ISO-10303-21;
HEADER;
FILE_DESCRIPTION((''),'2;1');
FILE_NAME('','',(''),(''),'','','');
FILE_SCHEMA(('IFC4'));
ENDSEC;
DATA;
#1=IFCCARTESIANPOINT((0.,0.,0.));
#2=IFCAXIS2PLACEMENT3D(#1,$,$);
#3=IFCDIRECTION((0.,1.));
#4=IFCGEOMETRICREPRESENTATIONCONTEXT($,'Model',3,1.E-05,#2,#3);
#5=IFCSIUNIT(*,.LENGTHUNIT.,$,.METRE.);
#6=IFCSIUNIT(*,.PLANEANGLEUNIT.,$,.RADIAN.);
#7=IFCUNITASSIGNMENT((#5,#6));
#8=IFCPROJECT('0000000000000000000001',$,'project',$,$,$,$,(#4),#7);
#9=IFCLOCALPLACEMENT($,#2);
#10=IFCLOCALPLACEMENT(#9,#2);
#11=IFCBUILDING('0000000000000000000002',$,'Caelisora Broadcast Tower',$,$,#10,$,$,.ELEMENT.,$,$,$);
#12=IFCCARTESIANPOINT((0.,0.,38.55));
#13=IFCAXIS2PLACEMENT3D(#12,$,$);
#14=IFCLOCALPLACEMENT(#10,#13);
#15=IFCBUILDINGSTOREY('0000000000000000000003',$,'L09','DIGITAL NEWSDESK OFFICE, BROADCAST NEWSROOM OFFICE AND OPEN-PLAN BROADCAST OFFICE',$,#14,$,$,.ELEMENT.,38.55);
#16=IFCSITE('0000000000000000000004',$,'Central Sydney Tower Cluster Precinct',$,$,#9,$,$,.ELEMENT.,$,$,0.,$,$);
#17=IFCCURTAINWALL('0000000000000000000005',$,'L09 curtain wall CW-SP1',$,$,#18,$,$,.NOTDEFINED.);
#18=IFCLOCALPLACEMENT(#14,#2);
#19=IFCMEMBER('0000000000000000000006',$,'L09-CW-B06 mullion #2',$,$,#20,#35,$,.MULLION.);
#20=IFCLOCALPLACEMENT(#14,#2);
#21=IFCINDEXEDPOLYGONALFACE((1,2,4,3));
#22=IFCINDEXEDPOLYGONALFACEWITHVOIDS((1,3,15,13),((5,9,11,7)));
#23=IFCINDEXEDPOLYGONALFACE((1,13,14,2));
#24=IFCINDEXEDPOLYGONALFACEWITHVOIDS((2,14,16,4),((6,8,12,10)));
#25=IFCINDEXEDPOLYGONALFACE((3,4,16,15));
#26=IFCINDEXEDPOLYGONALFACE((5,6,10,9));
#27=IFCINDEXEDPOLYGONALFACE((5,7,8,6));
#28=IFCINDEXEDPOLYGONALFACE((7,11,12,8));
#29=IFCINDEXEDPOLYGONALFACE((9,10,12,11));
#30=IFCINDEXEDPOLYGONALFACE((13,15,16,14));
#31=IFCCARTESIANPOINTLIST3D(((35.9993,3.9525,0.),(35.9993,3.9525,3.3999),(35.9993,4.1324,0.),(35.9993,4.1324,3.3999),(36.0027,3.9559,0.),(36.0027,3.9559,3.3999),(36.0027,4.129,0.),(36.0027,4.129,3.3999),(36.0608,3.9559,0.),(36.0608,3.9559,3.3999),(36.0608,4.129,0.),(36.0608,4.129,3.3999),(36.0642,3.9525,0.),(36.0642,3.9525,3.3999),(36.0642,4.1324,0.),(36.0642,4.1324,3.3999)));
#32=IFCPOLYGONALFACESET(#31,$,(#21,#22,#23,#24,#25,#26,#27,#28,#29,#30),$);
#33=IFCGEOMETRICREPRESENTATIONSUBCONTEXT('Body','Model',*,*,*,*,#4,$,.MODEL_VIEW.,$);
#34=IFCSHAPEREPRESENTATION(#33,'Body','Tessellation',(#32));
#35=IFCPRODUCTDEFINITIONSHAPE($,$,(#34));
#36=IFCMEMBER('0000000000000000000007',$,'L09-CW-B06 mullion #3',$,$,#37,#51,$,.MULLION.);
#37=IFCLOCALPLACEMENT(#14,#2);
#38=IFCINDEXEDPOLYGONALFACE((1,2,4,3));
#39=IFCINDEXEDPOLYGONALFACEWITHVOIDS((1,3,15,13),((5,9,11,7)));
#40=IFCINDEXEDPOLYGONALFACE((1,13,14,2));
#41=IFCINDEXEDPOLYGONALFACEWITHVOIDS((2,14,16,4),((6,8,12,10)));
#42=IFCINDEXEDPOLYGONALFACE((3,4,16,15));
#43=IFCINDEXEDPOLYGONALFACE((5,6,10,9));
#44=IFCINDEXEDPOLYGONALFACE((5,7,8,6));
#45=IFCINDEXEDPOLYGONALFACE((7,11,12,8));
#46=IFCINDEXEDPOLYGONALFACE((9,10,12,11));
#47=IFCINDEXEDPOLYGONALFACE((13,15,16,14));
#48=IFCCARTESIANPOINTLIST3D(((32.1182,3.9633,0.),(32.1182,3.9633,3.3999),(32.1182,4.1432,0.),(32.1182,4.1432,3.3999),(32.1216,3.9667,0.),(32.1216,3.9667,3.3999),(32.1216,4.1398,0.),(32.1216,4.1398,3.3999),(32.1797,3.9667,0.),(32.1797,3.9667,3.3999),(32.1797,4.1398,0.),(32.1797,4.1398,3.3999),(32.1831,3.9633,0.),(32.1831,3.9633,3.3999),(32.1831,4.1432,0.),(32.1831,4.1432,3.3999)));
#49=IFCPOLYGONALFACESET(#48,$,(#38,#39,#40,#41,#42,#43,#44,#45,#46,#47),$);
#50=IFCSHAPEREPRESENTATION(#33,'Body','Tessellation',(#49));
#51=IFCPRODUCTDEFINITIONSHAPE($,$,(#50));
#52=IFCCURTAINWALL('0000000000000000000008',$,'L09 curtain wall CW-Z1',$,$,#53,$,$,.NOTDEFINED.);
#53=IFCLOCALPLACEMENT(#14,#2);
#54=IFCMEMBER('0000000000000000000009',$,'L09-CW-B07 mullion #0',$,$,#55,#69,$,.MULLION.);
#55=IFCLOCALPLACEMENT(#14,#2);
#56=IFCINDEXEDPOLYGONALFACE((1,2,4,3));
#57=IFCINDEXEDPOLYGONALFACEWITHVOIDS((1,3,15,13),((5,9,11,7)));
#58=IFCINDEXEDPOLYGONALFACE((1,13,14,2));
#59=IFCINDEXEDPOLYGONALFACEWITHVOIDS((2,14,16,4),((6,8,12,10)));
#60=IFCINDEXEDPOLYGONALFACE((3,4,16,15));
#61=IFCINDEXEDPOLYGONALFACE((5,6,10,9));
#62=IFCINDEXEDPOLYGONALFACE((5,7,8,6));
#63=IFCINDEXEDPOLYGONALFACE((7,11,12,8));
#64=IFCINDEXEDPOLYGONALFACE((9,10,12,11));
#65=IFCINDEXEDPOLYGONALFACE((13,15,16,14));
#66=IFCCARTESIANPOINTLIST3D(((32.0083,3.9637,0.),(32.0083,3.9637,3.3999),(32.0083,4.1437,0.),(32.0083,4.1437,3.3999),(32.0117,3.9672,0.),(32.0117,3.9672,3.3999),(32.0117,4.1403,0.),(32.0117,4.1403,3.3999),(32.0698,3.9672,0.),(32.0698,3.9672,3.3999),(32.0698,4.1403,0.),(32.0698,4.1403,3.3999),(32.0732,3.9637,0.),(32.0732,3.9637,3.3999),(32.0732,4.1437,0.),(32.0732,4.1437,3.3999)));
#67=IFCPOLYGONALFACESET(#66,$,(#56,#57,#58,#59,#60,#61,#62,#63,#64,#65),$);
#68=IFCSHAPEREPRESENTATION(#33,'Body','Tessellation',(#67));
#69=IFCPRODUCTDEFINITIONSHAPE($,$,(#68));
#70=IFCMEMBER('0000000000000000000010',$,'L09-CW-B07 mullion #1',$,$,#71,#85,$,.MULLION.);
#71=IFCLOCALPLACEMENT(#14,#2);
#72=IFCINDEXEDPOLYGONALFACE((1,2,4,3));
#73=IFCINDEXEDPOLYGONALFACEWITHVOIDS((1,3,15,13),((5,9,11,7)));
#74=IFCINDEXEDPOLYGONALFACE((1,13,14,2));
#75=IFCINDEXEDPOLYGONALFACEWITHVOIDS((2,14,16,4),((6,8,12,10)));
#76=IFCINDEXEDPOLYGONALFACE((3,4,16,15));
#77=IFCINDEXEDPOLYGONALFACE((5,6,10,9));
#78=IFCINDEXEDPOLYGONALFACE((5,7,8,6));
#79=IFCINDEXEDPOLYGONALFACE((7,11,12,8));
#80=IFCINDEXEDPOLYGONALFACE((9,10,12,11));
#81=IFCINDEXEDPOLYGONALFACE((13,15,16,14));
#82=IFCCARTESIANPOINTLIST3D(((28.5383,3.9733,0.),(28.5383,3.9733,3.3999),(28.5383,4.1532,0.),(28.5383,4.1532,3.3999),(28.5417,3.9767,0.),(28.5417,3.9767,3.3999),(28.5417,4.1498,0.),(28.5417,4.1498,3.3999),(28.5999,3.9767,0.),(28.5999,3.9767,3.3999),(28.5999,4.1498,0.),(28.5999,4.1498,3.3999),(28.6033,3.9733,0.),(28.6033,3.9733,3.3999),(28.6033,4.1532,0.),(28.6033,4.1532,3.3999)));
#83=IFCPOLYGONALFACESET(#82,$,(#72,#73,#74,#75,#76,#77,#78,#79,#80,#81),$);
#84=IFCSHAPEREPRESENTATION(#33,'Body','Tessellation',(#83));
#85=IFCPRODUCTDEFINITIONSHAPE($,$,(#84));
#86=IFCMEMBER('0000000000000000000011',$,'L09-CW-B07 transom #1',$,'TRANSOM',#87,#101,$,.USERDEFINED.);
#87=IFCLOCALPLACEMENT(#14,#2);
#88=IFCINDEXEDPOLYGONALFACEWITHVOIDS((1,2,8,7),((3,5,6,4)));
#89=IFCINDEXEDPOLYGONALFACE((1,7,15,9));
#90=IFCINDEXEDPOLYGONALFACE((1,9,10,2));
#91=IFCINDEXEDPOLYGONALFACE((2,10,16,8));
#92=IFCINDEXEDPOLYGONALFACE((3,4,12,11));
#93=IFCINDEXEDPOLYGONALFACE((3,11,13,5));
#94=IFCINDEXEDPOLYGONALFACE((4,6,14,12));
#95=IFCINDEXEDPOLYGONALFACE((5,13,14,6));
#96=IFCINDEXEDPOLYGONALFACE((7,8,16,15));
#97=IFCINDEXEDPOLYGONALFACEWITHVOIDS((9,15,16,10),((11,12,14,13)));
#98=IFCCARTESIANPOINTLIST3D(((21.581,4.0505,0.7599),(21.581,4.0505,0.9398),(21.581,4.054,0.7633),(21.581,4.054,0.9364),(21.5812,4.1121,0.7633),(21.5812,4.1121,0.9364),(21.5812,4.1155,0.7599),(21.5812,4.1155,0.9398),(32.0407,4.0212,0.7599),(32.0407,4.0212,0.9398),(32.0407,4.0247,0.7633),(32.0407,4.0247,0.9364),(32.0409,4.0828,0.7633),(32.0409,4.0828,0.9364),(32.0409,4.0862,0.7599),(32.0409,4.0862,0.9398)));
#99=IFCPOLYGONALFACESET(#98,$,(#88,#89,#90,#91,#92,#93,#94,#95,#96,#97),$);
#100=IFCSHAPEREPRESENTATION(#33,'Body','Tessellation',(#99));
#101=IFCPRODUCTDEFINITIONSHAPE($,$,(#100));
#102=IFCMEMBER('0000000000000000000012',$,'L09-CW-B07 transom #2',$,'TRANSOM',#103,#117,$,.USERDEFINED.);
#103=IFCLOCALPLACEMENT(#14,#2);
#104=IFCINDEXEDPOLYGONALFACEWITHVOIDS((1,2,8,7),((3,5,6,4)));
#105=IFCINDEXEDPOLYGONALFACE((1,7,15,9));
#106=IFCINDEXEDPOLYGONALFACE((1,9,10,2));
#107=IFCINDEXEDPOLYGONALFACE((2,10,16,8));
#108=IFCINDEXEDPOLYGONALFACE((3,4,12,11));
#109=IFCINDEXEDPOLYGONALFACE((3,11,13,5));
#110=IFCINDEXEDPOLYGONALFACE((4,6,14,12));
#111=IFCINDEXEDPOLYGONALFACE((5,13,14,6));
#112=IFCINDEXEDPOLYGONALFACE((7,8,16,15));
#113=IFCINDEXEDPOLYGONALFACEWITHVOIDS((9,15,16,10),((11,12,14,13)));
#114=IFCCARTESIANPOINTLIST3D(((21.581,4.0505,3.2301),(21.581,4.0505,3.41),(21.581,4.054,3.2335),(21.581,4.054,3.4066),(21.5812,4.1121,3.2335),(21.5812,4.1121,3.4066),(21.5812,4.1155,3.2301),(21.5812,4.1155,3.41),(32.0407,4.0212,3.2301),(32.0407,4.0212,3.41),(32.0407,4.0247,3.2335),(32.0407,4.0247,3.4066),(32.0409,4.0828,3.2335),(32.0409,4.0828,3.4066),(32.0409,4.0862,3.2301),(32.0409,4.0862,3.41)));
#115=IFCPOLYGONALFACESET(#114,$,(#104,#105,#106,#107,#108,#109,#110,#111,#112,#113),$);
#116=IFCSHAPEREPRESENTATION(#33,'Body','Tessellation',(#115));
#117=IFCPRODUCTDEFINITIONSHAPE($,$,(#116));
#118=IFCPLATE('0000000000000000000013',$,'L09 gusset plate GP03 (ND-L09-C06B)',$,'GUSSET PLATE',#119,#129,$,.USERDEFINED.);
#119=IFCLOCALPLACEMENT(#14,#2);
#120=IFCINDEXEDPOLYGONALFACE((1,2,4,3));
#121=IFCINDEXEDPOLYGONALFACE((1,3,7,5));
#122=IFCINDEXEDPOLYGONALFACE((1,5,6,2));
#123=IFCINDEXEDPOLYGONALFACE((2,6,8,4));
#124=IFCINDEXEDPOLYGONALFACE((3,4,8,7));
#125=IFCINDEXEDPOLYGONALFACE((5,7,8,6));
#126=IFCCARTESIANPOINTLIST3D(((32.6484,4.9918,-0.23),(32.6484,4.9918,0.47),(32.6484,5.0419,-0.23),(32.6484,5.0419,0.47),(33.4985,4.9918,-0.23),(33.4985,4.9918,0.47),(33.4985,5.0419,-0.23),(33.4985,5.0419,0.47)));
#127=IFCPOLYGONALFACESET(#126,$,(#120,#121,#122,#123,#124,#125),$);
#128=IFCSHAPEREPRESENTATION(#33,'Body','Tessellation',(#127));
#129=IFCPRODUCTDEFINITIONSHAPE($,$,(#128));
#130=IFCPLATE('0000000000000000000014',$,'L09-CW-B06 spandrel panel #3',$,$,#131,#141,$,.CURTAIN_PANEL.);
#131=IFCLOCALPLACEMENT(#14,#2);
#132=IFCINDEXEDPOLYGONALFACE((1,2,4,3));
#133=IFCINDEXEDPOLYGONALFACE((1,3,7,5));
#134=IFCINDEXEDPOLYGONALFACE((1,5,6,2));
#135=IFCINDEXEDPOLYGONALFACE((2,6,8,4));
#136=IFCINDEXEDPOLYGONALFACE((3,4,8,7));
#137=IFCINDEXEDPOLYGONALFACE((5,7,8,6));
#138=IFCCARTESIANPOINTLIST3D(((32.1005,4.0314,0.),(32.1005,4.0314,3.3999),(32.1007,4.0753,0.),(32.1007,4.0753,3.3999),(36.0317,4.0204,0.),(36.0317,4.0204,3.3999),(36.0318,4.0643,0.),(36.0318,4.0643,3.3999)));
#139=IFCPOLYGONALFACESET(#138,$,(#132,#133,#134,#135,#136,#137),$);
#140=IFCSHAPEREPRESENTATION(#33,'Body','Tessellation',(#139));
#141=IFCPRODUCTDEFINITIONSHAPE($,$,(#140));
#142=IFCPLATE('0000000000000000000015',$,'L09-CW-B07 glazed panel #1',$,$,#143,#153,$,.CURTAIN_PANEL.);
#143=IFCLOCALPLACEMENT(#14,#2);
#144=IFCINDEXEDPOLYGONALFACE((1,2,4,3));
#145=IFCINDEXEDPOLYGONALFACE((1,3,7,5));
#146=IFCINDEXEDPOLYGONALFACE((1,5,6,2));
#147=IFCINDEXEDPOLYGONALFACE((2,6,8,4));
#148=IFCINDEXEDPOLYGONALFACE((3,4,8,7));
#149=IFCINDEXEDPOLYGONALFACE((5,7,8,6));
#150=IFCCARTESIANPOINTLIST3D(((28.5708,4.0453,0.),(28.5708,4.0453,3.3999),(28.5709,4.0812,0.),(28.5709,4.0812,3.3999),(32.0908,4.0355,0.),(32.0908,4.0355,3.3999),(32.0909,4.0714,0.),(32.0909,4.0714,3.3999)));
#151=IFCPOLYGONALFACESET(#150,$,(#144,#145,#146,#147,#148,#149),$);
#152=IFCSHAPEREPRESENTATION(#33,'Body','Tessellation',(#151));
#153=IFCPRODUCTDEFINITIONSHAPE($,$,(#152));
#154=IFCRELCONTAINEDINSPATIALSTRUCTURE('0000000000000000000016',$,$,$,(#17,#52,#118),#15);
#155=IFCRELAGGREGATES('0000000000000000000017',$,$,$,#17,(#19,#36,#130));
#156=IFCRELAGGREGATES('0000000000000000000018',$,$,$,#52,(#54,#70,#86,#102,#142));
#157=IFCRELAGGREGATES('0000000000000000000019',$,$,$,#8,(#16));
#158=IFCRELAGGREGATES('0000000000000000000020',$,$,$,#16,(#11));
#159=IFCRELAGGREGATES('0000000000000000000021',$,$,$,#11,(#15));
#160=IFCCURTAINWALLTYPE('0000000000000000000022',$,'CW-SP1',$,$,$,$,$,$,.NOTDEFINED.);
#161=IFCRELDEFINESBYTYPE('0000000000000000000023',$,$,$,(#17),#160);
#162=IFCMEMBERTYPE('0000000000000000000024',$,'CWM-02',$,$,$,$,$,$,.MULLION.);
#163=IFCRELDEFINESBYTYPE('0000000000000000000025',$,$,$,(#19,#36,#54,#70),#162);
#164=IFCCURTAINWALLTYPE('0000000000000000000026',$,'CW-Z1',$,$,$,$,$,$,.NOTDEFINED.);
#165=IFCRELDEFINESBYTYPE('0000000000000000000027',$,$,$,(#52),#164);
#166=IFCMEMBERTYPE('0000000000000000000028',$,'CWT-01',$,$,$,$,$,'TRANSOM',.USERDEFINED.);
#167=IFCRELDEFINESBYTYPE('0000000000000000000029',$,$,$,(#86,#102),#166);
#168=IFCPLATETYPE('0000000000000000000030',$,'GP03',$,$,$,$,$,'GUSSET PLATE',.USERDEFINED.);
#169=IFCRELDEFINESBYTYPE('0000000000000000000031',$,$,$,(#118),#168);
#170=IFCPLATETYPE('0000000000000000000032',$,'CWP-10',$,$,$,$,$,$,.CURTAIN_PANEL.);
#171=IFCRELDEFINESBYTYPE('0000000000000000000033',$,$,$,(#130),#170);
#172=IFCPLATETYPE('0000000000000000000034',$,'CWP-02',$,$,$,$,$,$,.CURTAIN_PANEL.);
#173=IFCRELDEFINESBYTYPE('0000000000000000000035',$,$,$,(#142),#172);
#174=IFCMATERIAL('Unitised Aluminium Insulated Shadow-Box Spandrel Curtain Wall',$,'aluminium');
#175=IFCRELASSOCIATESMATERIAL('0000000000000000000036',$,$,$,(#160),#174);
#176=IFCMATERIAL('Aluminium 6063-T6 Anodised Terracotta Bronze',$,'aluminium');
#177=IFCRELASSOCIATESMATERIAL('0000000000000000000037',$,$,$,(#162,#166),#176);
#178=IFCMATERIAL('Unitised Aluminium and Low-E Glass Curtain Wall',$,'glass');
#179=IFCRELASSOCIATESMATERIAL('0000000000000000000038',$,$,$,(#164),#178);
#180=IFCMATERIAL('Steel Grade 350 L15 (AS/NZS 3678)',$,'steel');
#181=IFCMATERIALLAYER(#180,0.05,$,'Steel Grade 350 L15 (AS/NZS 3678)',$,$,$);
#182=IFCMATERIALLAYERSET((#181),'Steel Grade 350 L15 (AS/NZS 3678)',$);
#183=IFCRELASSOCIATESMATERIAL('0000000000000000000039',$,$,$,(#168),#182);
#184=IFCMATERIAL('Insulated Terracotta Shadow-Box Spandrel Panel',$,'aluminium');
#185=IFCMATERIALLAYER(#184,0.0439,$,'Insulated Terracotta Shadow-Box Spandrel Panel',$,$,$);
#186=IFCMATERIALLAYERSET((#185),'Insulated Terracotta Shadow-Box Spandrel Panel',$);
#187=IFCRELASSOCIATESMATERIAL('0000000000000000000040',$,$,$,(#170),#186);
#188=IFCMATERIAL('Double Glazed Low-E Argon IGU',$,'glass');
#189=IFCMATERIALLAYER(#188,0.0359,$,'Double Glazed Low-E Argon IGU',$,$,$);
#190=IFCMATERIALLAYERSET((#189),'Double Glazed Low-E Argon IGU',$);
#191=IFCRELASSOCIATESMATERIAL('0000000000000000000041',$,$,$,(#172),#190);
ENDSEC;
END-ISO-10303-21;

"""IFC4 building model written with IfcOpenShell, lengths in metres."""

from ifc_helpers import new_model, si_unit, direction, frame, origin, origin_2d, place, context, subcontext, project, spatial, rectangle, hollow_rectangle, extrude, source, transform, mapped, material, layer, layer_set, material_profile, profile_set, type_object, type_shapes, element, aggregate, save


model = new_model("IFC4")

# Units and contexts
model_context = context("Model", 3, precision=1e-05, world=origin(), true_north=direction((0.0, 1.0)))
body_context = subcontext(model_context, "Body", "Model", "MODEL_VIEW")
ifc_project = project(units=[si_unit("LENGTHUNIT", "METRE"), si_unit("PLANEANGLEUNIT", "RADIAN")], contexts=[model_context])

# Site, building, storey
site_placement = place(None, origin())
site = spatial("IfcSite", under=ifc_project, at=site_placement, Name="Central Sydney Tower Cluster Precinct", CompositionType="ELEMENT", RefElevation=0.0)
building_placement = place(site_placement, origin())
building = spatial("IfcBuilding", under=site, at=building_placement, Name="Caelisora Broadcast Tower", CompositionType="ELEMENT")
storey_placement = place(building_placement, frame((0.0, 0.0, 38.55)))
storey = spatial("IfcBuildingStorey", under=building, at=storey_placement, Name="L09", Description="DIGITAL NEWSDESK OFFICE, BROADCAST NEWSROOM OFFICE AND OPEN-PLAN BROADCAST OFFICE", CompositionType="ELEMENT", Elevation=38.55)

# Shared definitions
ifc_material_1 = material(Name="Steel Grade 350 L15 (AS/NZS 3678)", Category="steel")

# Curtain walls, members
ifc_material_2 = material(Name="Unitised Aluminium Insulated Shadow-Box Spandrel Curtain Wall", Category="aluminium")
curtain_wall_type_1 = type_object("IfcCurtainWallType", Name="CW-SP1", PredefinedType="NOTDEFINED", material=ifc_material_2)
curtain_wall_1_placement = place(storey_placement, origin())
curtain_wall_1 = element("IfcCurtainWall", 1, at=curtain_wall_1_placement, inside=storey, type_object=curtain_wall_type_1, Name="L09 curtain wall CW-SP1", PredefinedType="NOTDEFINED")
ifc_material_3 = material(Name="Aluminium 6063-T6 Anodised Terracotta Bronze", Category="aluminium")
ifc_material_profile_1 = material_profile(ifc_material_3, hollow_rectangle(XDim=0.0649, YDim=0.1799, WallThickness=0.0034, at=origin_2d()), Name="Aluminium 6063-T6 Anodised Terracotta Bronze")
ifc_profile_set_1 = profile_set([ifc_material_profile_1], Name="Aluminium 6063-T6 Anodised Terracotta Bronze")
member_type_1 = type_object("IfcMemberType", Name="CWM-02", PredefinedType="MULLION", material=ifc_profile_set_1)
shared_shape_1 = source(origin(), body_context, "Body", "SweptSolid", [
    extrude(hollow_rectangle(XDim=0.0649, YDim=0.1799, WallThickness=0.0034, at=origin_2d()), origin(), (0.0, 0.0, 1.0), 3.3999),
])
type_shapes(member_type_1, [shared_shape_1])
member_1_placement = place(storey_placement, frame((36.0317, 4.0425, 0.0), z_axis=(0.0, 0.0, 1.0), x_axis=(1.0, 0.0, 0.0)))
member_1 = element("IfcMember", 2, at=member_1_placement, type_object=member_type_1, Name="L09-CW-B06 mullion #2", PredefinedType="MULLION", context=body_context, shape_type="MappedRepresentation", body=[
    mapped(shared_shape_1, transform((0.0, 0.0, 0.0), scale=1.0)),
])
member_2_placement = place(storey_placement, frame((32.1506, 4.0532, 0.0), z_axis=(0.0, 0.0, 1.0), x_axis=(1.0, 0.0, 0.0)))
member_2 = element("IfcMember", 3, at=member_2_placement, type_object=member_type_1, Name="L09-CW-B06 mullion #3", PredefinedType="MULLION", context=body_context, shape_type="MappedRepresentation", body=[
    mapped(shared_shape_1, transform((0.0, 0.0, 0.0), scale=1.0)),
])
ifc_material_4 = material(Name="Unitised Aluminium and Low-E Glass Curtain Wall", Category="glass")
curtain_wall_type_2 = type_object("IfcCurtainWallType", Name="CW-Z1", PredefinedType="NOTDEFINED", material=ifc_material_4)
curtain_wall_2_placement = place(storey_placement, origin())
curtain_wall_2 = element("IfcCurtainWall", 4, at=curtain_wall_2_placement, inside=storey, type_object=curtain_wall_type_2, Name="L09 curtain wall CW-Z1", PredefinedType="NOTDEFINED")
member_3_placement = place(storey_placement, frame((32.0408, 4.0537, 0.0), z_axis=(0.0, 0.0, 1.0), x_axis=(1.0, 0.0, 0.0)))
member_3 = element("IfcMember", 5, at=member_3_placement, type_object=member_type_1, Name="L09-CW-B07 mullion #0", PredefinedType="MULLION", context=body_context, shape_type="MappedRepresentation", body=[
    mapped(shared_shape_1, transform((0.0, 0.0, 0.0), scale=1.0)),
])
member_4_placement = place(storey_placement, frame((28.5708, 4.0632, 0.0), z_axis=(0.0, 0.0, 1.0), x_axis=(1.0, 0.0, 0.0)))
member_4 = element("IfcMember", 6, at=member_4_placement, type_object=member_type_1, Name="L09-CW-B07 mullion #1", PredefinedType="MULLION", context=body_context, shape_type="MappedRepresentation", body=[
    mapped(shared_shape_1, transform((0.0, 0.0, 0.0), scale=1.0)),
])
ifc_material_profile_2 = material_profile(ifc_material_3, hollow_rectangle(XDim=0.0649, YDim=0.1799, WallThickness=0.0034, at=origin_2d()), Name="Aluminium 6063-T6 Anodised Terracotta Bronze")
ifc_profile_set_2 = profile_set([ifc_material_profile_2], Name="Aluminium 6063-T6 Anodised Terracotta Bronze")
member_type_2 = type_object("IfcMemberType", Name="CWT-01", ElementType="TRANSOM", PredefinedType="USERDEFINED", material=ifc_profile_set_2)
shared_shape_2 = source(origin(), body_context, "Body", "SweptSolid", [
    extrude(hollow_rectangle(XDim=0.0649, YDim=0.1799, WallThickness=0.0034, at=origin_2d()), origin(), (0.0, 0.0, 1.0), 10.4597),
])
type_shapes(member_type_2, [shared_shape_2])
member_5_placement = place(storey_placement, frame((32.0408, 4.0537, 0.8499), z_axis=(-0.999996, 0.002801, 0.0), x_axis=(-0.002801, -0.999996, 0.0)))
member_5 = element("IfcMember", 7, at=member_5_placement, type_object=member_type_2, Name="L09-CW-B07 transom #1", ObjectType="TRANSOM", PredefinedType="USERDEFINED", context=body_context, shape_type="MappedRepresentation", body=[
    mapped(shared_shape_2, transform((0.0, 0.0, 0.0), scale=1.0)),
])
member_6_placement = place(storey_placement, frame((32.0408, 4.0537, 3.3201), z_axis=(-0.999996, 0.002801, 0.0), x_axis=(-0.002801, -0.999996, 0.0)))
member_6 = element("IfcMember", 8, at=member_6_placement, type_object=member_type_2, Name="L09-CW-B07 transom #2", ObjectType="TRANSOM", PredefinedType="USERDEFINED", context=body_context, shape_type="MappedRepresentation", body=[
    mapped(shared_shape_2, transform((0.0, 0.0, 0.0), scale=1.0)),
])

# Plates
ifc_layer_1 = layer(ifc_material_1, 0.05, Name="Steel Grade 350 L15 (AS/NZS 3678)")
ifc_layer_set_1 = layer_set([ifc_layer_1], Name="Steel Grade 350 L15 (AS/NZS 3678)")
plate_type_1 = type_object("IfcPlateType", Name="GP03", ElementType="GUSSET PLATE", PredefinedType="USERDEFINED", material=ifc_layer_set_1)
shared_shape_3 = source(origin(), body_context, "Body", "SweptSolid", [
    extrude(rectangle(XDim=0.8501, YDim=0.05, at=origin_2d()), origin(), (0.0, 0.0, 1.0), 0.7),
])
type_shapes(plate_type_1, [shared_shape_3])
plate_1_placement = place(storey_placement, frame((33.0735, 5.0168, -0.23), z_axis=(0.0, 0.0, 1.0), x_axis=(1.0, 0.0, 0.0)))
element("IfcPlate", 9, at=plate_1_placement, inside=storey, type_object=plate_type_1, Name="L09 gusset plate GP03 (ND-L09-C06B)", ObjectType="GUSSET PLATE", PredefinedType="USERDEFINED", context=body_context, shape_type="MappedRepresentation", body=[
    mapped(shared_shape_3, transform((0.0, 0.0, 0.0), scale=1.0)),
])
ifc_material_5 = material(Name="Insulated Terracotta Shadow-Box Spandrel Panel", Category="aluminium")
ifc_layer_2 = layer(ifc_material_5, 0.0439, Name="Insulated Terracotta Shadow-Box Spandrel Panel")
ifc_layer_set_2 = layer_set([ifc_layer_2], Name="Insulated Terracotta Shadow-Box Spandrel Panel")
plate_type_2 = type_object("IfcPlateType", Name="CWP-10", PredefinedType="CURTAIN_PANEL", material=ifc_layer_set_2)
shared_shape_4 = source(origin(), body_context, "Body", "SweptSolid", [
    extrude(rectangle(XDim=3.9312, YDim=0.0439, at=origin_2d()), origin(), (0.0, 0.0, 1.0), 3.3999),
])
type_shapes(plate_type_2, [shared_shape_4])
plate_2_placement = place(storey_placement, frame((34.0662, 4.0479, 0.0), z_axis=(0.0, 0.0, 1.0), x_axis=(-0.999996, 0.002793, 0.0)))
plate_2 = element("IfcPlate", 10, at=plate_2_placement, type_object=plate_type_2, Name="L09-CW-B06 spandrel panel #3", PredefinedType="CURTAIN_PANEL", context=body_context, shape_type="MappedRepresentation", body=[
    mapped(shared_shape_4, transform((0.0, 0.0, 0.0), scale=1.0)),
])
aggregate(curtain_wall_1, [member_1, member_2, plate_2])
ifc_material_6 = material(Name="Double Glazed Low-E Argon IGU", Category="glass")
ifc_layer_3 = layer(ifc_material_6, 0.0359, Name="Double Glazed Low-E Argon IGU")
ifc_layer_set_3 = layer_set([ifc_layer_3], Name="Double Glazed Low-E Argon IGU")
plate_type_3 = type_object("IfcPlateType", Name="CWP-02", PredefinedType="CURTAIN_PANEL", material=ifc_layer_set_3)
shared_shape_5 = source(origin(), body_context, "Body", "SweptSolid", [
    extrude(rectangle(XDim=3.52, YDim=0.0359, at=origin_2d()), origin(), (0.0, 0.0, 1.0), 3.3999),
])
type_shapes(plate_type_3, [shared_shape_5])
plate_3_placement = place(storey_placement, frame((30.3308, 4.0583, 0.0), z_axis=(0.0, 0.0, 1.0), x_axis=(-0.999996, 0.002793, 0.0)))
plate_3 = element("IfcPlate", 11, at=plate_3_placement, type_object=plate_type_3, Name="L09-CW-B07 glazed panel #1", PredefinedType="CURTAIN_PANEL", context=body_context, shape_type="MappedRepresentation", body=[
    mapped(shared_shape_5, transform((0.0, 0.0, 0.0), scale=1.0)),
])
aggregate(curtain_wall_2, [member_3, member_4, member_5, member_6, plate_3])

save(model, "model.ifc")
